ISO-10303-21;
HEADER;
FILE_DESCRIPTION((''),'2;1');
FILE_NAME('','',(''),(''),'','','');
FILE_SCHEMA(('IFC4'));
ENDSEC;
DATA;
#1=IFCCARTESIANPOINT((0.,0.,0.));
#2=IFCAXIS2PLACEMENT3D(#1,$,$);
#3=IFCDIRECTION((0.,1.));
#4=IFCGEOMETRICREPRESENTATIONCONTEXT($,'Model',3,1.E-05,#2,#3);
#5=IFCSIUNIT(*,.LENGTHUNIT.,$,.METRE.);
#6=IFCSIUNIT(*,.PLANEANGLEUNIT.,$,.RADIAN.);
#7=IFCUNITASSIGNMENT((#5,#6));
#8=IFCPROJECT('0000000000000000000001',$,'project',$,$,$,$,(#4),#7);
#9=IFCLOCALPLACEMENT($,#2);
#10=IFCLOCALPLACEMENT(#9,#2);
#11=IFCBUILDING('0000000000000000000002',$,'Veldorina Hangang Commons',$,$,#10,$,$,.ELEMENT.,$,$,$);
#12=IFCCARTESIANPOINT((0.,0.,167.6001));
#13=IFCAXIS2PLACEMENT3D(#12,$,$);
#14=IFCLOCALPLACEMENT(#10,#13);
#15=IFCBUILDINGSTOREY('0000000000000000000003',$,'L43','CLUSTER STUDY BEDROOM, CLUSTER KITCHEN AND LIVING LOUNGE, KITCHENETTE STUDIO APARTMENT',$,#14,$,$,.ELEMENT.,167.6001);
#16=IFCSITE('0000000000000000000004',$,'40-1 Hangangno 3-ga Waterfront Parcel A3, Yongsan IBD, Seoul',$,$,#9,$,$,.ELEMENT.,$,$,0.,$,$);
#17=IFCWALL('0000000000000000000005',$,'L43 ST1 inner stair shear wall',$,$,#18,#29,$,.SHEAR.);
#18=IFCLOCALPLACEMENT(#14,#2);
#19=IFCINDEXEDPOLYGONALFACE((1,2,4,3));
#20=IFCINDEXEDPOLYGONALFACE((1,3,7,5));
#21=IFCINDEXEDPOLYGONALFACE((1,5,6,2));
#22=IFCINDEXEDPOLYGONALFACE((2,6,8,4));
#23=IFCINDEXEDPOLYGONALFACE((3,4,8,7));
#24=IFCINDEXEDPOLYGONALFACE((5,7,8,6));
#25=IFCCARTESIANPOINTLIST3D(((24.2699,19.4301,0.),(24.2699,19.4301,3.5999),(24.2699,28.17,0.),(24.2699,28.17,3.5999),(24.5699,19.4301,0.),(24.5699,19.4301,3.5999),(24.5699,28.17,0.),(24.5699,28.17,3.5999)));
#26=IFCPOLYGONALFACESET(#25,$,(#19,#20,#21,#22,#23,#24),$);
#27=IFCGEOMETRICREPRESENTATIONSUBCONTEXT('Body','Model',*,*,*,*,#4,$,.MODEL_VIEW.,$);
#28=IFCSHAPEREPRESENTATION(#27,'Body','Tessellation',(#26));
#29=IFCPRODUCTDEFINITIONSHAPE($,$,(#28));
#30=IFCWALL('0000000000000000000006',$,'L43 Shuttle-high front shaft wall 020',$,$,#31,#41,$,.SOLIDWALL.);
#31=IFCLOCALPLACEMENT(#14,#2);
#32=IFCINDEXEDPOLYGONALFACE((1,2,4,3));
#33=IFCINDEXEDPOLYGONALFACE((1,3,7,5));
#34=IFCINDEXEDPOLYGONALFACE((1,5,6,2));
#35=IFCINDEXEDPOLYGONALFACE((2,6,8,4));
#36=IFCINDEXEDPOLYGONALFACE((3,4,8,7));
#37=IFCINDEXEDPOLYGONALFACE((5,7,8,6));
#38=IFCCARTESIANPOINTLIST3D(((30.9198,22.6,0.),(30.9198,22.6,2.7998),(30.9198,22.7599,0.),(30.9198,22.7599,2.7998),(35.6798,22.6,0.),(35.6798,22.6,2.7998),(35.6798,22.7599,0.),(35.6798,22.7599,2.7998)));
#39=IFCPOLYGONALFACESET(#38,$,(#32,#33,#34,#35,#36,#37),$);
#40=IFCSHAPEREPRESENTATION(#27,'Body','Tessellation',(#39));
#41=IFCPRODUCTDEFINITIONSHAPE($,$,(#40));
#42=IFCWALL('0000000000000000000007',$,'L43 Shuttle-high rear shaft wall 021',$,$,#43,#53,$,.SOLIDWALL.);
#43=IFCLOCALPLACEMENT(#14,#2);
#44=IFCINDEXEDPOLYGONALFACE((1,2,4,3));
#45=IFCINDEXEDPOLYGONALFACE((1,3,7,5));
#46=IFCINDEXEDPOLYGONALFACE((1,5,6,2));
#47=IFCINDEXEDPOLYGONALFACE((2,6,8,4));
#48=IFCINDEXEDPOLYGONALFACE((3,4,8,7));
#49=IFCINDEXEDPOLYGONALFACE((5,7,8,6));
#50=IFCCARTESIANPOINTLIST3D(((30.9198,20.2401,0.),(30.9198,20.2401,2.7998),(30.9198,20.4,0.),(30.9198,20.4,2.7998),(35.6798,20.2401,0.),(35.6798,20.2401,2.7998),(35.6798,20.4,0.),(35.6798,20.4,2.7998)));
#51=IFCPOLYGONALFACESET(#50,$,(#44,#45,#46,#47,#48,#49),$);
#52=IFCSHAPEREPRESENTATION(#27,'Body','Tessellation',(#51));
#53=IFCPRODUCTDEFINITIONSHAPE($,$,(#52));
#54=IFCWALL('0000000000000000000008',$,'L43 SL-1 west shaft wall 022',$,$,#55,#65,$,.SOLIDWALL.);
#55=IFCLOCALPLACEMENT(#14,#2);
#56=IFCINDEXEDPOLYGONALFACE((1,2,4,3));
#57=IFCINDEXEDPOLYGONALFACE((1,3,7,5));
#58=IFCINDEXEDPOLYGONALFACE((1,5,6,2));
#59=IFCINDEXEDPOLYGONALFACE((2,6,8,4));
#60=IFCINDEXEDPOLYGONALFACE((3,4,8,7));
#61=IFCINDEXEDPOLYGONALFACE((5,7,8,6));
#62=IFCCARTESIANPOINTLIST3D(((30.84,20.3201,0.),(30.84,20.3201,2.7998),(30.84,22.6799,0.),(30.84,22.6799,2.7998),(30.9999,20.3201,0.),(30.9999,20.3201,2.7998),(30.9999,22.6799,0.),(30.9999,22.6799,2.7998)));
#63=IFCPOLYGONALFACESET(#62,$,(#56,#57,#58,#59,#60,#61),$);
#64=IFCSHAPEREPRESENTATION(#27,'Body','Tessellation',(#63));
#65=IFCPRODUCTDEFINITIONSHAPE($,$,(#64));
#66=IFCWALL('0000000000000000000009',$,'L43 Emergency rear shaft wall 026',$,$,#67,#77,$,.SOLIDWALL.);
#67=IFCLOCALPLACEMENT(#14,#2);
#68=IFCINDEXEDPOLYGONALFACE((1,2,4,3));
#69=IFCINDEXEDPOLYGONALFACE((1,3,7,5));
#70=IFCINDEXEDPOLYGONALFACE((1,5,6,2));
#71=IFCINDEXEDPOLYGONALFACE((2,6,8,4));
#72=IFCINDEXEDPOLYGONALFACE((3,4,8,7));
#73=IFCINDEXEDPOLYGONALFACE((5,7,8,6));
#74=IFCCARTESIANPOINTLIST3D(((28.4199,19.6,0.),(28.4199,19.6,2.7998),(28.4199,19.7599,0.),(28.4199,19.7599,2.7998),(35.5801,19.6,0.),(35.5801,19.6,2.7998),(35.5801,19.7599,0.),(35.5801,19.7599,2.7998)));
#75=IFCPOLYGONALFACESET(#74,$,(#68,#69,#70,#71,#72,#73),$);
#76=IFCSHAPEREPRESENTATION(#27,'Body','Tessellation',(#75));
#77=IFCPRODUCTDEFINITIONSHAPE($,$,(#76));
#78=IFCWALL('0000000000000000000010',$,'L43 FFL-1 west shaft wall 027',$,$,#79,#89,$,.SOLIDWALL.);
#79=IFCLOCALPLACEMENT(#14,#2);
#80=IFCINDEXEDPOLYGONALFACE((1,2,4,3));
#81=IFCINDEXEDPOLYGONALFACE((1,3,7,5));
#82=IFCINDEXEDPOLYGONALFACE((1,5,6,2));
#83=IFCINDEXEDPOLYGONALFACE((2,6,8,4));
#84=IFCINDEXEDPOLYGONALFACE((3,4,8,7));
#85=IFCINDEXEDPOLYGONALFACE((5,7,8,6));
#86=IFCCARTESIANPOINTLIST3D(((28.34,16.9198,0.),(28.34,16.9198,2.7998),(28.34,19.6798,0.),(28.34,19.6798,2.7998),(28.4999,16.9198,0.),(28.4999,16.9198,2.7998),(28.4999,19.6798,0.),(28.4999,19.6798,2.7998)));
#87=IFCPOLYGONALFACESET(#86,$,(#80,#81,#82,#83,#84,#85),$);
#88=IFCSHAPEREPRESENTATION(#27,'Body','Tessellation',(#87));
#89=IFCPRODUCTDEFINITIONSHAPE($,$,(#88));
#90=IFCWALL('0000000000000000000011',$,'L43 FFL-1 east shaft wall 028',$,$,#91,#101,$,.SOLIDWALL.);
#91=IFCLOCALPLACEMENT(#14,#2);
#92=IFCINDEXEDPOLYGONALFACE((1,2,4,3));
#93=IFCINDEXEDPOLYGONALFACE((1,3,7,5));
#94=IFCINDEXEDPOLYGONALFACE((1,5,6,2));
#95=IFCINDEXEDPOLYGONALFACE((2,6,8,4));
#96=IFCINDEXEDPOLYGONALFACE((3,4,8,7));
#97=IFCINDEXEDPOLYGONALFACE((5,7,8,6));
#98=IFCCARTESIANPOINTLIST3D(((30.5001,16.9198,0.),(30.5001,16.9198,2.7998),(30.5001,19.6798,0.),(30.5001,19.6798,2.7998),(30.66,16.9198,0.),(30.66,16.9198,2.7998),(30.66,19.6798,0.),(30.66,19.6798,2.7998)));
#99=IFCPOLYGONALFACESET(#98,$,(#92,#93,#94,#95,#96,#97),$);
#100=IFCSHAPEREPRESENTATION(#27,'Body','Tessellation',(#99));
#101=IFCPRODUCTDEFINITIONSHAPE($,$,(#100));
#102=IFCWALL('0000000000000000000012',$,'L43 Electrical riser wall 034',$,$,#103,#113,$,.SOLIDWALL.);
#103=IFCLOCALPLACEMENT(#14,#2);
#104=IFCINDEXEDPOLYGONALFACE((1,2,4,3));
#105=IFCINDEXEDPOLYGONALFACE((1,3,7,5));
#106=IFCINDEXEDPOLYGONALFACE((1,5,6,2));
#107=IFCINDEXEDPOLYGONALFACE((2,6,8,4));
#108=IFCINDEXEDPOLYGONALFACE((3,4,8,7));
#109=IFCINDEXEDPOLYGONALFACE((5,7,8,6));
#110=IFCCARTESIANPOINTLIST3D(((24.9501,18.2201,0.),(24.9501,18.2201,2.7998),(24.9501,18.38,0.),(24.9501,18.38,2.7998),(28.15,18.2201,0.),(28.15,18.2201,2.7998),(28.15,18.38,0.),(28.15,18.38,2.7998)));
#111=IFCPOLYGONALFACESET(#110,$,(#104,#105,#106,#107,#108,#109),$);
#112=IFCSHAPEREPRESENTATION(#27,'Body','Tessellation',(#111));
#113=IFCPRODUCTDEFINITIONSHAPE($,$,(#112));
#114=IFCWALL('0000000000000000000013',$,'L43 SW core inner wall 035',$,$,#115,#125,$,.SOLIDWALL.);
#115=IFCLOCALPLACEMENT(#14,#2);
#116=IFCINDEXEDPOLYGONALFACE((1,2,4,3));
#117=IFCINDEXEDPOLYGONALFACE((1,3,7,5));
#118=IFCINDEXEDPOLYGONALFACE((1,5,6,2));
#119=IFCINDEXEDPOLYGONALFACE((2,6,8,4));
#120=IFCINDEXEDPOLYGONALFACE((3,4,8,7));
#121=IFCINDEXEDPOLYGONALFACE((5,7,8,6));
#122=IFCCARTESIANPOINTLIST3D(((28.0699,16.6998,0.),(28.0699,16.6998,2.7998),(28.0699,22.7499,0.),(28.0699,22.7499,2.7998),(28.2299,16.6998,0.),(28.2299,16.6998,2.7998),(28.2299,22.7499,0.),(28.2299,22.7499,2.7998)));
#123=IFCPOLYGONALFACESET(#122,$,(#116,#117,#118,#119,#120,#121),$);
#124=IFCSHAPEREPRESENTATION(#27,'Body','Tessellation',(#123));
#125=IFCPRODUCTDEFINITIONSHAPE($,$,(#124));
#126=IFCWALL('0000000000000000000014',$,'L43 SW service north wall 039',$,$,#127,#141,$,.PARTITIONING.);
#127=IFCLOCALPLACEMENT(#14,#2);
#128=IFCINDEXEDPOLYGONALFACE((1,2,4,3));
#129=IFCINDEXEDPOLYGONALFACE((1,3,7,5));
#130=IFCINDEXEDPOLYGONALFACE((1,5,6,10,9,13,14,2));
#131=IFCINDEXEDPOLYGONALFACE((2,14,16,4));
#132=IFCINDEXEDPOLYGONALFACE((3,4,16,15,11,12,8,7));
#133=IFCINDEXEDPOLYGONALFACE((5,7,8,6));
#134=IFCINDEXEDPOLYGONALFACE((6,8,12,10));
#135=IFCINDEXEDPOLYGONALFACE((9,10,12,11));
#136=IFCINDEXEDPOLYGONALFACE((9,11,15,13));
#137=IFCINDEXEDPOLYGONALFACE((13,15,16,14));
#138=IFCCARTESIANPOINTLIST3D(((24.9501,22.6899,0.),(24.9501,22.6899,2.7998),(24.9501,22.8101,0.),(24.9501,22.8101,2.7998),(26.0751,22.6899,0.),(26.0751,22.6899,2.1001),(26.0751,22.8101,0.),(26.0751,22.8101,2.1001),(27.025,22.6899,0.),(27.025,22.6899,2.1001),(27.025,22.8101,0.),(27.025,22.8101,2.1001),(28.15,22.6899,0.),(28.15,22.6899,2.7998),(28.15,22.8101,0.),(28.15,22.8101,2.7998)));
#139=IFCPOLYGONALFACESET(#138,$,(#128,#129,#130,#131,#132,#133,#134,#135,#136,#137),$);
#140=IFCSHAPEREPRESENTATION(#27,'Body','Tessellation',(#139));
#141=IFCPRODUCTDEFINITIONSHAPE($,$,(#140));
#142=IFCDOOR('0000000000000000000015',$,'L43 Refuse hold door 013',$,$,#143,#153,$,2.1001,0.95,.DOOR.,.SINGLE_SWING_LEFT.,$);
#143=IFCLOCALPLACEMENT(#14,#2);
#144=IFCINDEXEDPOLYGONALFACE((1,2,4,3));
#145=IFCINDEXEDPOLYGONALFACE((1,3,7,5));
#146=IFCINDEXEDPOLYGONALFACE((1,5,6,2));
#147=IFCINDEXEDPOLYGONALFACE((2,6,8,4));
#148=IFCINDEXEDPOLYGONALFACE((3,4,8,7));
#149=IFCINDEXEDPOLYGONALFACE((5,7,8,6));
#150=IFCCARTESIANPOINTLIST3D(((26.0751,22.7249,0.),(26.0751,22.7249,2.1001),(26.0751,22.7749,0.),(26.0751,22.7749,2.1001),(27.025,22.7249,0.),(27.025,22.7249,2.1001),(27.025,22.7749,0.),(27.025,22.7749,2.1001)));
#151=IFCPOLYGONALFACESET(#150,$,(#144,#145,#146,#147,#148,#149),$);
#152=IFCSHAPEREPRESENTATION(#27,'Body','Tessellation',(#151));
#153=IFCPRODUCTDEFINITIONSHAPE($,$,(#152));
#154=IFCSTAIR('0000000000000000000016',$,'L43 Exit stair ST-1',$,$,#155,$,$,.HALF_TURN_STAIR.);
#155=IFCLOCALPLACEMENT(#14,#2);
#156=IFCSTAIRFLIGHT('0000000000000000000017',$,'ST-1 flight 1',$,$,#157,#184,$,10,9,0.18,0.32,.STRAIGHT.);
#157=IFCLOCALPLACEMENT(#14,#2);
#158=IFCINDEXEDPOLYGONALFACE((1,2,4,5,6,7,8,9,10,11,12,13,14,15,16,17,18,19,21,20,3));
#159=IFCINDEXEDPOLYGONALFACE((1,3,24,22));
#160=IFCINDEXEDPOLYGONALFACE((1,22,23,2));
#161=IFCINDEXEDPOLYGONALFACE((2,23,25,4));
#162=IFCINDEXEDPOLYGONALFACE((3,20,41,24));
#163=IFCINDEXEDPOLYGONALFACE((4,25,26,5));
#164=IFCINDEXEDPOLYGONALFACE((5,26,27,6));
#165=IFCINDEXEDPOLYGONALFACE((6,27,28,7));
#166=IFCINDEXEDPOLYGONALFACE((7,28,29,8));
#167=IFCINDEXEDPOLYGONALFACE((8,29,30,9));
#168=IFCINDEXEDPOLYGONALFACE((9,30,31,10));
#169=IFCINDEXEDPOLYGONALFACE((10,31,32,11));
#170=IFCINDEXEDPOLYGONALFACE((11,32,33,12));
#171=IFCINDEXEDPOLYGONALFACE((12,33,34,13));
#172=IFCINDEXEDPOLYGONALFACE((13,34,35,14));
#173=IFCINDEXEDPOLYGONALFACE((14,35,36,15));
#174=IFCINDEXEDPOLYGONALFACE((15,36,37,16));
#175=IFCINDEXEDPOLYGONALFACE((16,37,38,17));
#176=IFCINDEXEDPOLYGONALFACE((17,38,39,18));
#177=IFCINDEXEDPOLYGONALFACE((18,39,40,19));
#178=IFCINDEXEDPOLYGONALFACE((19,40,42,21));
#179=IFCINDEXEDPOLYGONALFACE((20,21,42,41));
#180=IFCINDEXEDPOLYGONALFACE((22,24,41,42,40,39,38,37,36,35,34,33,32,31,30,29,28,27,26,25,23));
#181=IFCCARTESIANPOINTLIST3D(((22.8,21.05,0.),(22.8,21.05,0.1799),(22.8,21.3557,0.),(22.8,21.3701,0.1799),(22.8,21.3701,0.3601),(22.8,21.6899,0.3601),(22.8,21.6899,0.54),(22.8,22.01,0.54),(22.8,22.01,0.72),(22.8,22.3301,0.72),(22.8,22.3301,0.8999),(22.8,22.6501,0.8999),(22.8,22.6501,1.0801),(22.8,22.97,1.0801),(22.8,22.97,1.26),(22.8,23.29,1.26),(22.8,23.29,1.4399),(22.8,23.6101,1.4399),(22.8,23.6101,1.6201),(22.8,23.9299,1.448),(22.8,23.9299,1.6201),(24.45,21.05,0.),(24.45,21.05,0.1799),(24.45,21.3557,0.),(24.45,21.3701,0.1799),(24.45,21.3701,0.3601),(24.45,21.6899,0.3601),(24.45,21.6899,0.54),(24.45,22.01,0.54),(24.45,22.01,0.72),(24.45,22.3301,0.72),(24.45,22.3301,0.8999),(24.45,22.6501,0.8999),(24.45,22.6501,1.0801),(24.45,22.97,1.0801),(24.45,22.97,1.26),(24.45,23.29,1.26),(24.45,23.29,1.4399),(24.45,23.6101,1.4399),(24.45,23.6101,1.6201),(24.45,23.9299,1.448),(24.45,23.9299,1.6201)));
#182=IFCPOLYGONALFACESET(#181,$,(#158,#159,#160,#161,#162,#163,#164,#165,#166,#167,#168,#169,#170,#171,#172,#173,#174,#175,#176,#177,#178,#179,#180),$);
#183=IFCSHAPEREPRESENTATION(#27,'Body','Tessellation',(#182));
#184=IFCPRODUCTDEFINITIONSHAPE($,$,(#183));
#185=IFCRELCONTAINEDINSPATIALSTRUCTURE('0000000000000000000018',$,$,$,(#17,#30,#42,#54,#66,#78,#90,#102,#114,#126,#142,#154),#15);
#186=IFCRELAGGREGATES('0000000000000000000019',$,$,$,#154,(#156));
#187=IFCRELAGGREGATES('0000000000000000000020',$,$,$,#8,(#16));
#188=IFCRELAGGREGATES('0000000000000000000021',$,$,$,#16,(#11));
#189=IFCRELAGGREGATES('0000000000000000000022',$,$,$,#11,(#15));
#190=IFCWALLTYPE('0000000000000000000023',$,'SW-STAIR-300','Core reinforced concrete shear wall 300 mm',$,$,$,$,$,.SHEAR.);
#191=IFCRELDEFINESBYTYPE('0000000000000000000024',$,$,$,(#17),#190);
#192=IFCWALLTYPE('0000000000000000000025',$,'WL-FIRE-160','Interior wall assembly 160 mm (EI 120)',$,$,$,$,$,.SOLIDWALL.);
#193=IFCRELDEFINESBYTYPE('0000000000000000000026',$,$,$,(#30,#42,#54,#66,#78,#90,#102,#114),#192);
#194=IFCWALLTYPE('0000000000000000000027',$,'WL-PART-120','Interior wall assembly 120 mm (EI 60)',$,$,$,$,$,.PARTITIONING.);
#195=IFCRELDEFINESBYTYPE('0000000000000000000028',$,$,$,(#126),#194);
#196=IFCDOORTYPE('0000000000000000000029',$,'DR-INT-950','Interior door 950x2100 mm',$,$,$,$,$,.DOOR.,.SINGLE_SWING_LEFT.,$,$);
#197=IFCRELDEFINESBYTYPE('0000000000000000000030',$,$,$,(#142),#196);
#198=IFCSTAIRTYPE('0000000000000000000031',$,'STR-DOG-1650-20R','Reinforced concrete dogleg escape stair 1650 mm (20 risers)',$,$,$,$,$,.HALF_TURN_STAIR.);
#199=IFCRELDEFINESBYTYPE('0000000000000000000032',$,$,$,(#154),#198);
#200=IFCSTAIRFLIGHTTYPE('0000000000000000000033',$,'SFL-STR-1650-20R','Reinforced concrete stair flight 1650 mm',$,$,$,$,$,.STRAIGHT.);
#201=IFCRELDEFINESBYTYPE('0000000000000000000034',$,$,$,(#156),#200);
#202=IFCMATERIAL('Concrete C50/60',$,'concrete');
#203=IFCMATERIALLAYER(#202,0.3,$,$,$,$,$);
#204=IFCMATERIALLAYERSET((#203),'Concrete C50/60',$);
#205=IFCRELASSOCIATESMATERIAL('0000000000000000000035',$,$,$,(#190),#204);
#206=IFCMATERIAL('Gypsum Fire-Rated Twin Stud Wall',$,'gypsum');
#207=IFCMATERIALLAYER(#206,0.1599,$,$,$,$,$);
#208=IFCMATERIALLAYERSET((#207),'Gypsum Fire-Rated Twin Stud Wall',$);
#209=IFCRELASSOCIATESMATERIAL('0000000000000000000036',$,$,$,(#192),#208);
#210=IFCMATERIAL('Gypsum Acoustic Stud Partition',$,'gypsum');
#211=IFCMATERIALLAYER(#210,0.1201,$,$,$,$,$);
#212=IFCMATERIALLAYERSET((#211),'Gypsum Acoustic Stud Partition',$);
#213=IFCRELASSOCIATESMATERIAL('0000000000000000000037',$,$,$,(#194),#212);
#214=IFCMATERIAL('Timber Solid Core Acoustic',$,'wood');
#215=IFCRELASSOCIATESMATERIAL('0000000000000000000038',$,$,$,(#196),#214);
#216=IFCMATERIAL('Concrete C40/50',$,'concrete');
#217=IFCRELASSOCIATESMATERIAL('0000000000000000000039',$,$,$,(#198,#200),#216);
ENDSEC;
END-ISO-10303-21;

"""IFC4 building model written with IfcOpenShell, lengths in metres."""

from ifc_helpers import new_model, si_unit, direction, frame, frame_2d, origin, place, context, subcontext, project, spatial, polyline, rectangle, outline, extrude, material, layer, layer_set, type_object, element, fill, aggregate, save


model = new_model("IFC4")

# Units and contexts
model_context = context("Model", 3, precision=1e-05, world=origin(), true_north=direction((0.0, 1.0)))
body_context = subcontext(model_context, "Body", "Model", "MODEL_VIEW")
ifc_project = project(units=[si_unit("LENGTHUNIT", "METRE"), si_unit("PLANEANGLEUNIT", "RADIAN")], contexts=[model_context])

# Site, building, storey
site_placement = place(None, origin())
site = spatial("IfcSite", under=ifc_project, at=site_placement, Name="40-1 Hangangno 3-ga Waterfront Parcel A3, Yongsan IBD, Seoul", CompositionType="ELEMENT", RefElevation=0.0)
building_placement = place(site_placement, origin())
building = spatial("IfcBuilding", under=site, at=building_placement, Name="Veldorina Hangang Commons", CompositionType="ELEMENT")
storey_placement = place(building_placement, frame((0.0, 0.0, 167.6001)))
storey = spatial("IfcBuildingStorey", under=building, at=storey_placement, Name="L43", Description="CLUSTER STUDY BEDROOM, CLUSTER KITCHEN AND LIVING LOUNGE, KITCHENETTE STUDIO APARTMENT", CompositionType="ELEMENT", Elevation=167.6001)

# Walls
ifc_material_1 = material(Name="Concrete C50/60", Category="concrete")
ifc_layer_1 = layer(ifc_material_1, 0.3)
ifc_layer_set_1 = layer_set([ifc_layer_1], Name="Concrete C50/60")
wall_type_1 = type_object("IfcWallType", Name="SW-STAIR-300", Description="Core reinforced concrete shear wall 300 mm", PredefinedType="SHEAR", material=ifc_layer_set_1)
wall_1_placement = place(storey_placement, frame((24.4199, 19.4299, 0.0), z_axis=(0.0, 0.0, 1.0), x_axis=(0.0, 1.0, 0.0)))
element("IfcWall", 1, at=wall_1_placement, inside=storey, type_object=wall_type_1, Name="L43 ST1 inner stair shear wall", PredefinedType="SHEAR", context=body_context, shape_type="SweptSolid", body=[
    extrude(rectangle(XDim=8.74, YDim=0.3, at=frame_2d((4.3701, 0.0))), origin(), (0.0, 0.0, 1.0), 3.5999),
])
ifc_material_2 = material(Name="Gypsum Fire-Rated Twin Stud Wall", Category="gypsum")
ifc_layer_2 = layer(ifc_material_2, 0.1599)
ifc_layer_set_2 = layer_set([ifc_layer_2], Name="Gypsum Fire-Rated Twin Stud Wall")
wall_type_2 = type_object("IfcWallType", Name="WL-FIRE-160", Description="Interior wall assembly 160 mm (EI 120)", PredefinedType="SOLIDWALL", material=ifc_layer_set_2)
for number, where, z_axis, x_axis, name in (
    (2, (30.9199, 22.6799, 0.0), (0.0, 0.0, 1.0), (1.0, 0.0, 0.0), "L43 Shuttle-high front shaft wall 020"),
    (3, (30.9199, 20.3201, 0.0), (0.0, 0.0, 1.0), (1.0, 0.0, 0.0), "L43 Shuttle-high rear shaft wall 021"),
):
    element("IfcWall", number, at=place(storey_placement, frame(where, z_axis=z_axis, x_axis=x_axis)), inside=storey, type_object=wall_type_2, Name=name, PredefinedType="SOLIDWALL", context=body_context, shape_type="SweptSolid", body=[
        extrude(rectangle(XDim=4.76, YDim=0.1599, at=frame_2d((2.3799, 0.0))), origin(), (0.0, 0.0, 1.0), 2.7998),
    ])
wall_2_placement = place(storey_placement, frame((30.9199, 20.3201, 0.0), z_axis=(0.0, 0.0, 1.0), x_axis=(0.0, 1.0, 0.0)))
element("IfcWall", 4, at=wall_2_placement, inside=storey, type_object=wall_type_2, Name="L43 SL-1 west shaft wall 022", PredefinedType="SOLIDWALL", context=body_context, shape_type="SweptSolid", body=[
    extrude(rectangle(XDim=2.3599, YDim=0.1599, at=frame_2d((1.1799, 0.0))), origin(), (0.0, 0.0, 1.0), 2.7998),
])

# Walls
wall_3_placement = place(storey_placement, frame((28.4199, 19.6799, 0.0), z_axis=(0.0, 0.0, 1.0), x_axis=(1.0, 0.0, 0.0)))
element("IfcWall", 5, at=wall_3_placement, inside=storey, type_object=wall_type_2, Name="L43 Emergency rear shaft wall 026", PredefinedType="SOLIDWALL", context=body_context, shape_type="SweptSolid", body=[
    extrude(rectangle(XDim=7.1602, YDim=0.1599, at=frame_2d((3.5801, 0.0))), origin(), (0.0, 0.0, 1.0), 2.7998),
])
for number, where, z_axis, x_axis, name in (
    (6, (28.4199, 16.9199, 0.0), (0.0, 0.0, 1.0), (0.0, 1.0, 0.0), "L43 FFL-1 west shaft wall 027"),
    (7, (30.5801, 16.9199, 0.0), (0.0, 0.0, 1.0), (0.0, 1.0, 0.0), "L43 FFL-1 east shaft wall 028"),
):
    element("IfcWall", number, at=place(storey_placement, frame(where, z_axis=z_axis, x_axis=x_axis)), inside=storey, type_object=wall_type_2, Name=name, PredefinedType="SOLIDWALL", context=body_context, shape_type="SweptSolid", body=[
        extrude(rectangle(XDim=2.76, YDim=0.1599, at=frame_2d((1.3799, 0.0))), origin(), (0.0, 0.0, 1.0), 2.7998),
    ])
wall_4_placement = place(storey_placement, frame((24.95, 18.3, 0.0), z_axis=(0.0, 0.0, 1.0), x_axis=(1.0, 0.0, 0.0)))
element("IfcWall", 8, at=wall_4_placement, inside=storey, type_object=wall_type_2, Name="L43 Electrical riser wall 034", PredefinedType="SOLIDWALL", context=body_context, shape_type="SweptSolid", body=[
    extrude(rectangle(XDim=3.2, YDim=0.1599, at=frame_2d((1.6001, 0.0))), origin(), (0.0, 0.0, 1.0), 2.7998),
])
wall_5_placement = place(storey_placement, frame((28.1499, 16.7, 0.0), z_axis=(0.0, 0.0, 1.0), x_axis=(0.0, 1.0, 0.0)))
element("IfcWall", 9, at=wall_5_placement, inside=storey, type_object=wall_type_2, Name="L43 SW core inner wall 035", PredefinedType="SOLIDWALL", context=body_context, shape_type="SweptSolid", body=[
    extrude(rectangle(XDim=6.05, YDim=0.1599, at=frame_2d((3.0249, 0.0))), origin(), (0.0, 0.0, 1.0), 2.7998),
])

# Wall, opening, door
ifc_material_3 = material(Name="Gypsum Acoustic Stud Partition", Category="gypsum")
ifc_layer_3 = layer(ifc_material_3, 0.1201)
ifc_layer_set_3 = layer_set([ifc_layer_3], Name="Gypsum Acoustic Stud Partition")
wall_type_3 = type_object("IfcWallType", Name="WL-PART-120", Description="Interior wall assembly 120 mm (EI 60)", PredefinedType="PARTITIONING", material=ifc_layer_set_3)
wall_6_placement = place(storey_placement, frame((24.95, 22.75, 0.0), z_axis=(0.0, 0.0, 1.0), x_axis=(1.0, 0.0, 0.0)))
wall_6 = element("IfcWall", 10, at=wall_6_placement, inside=storey, type_object=wall_type_3, Name="L43 SW service north wall 039", PredefinedType="PARTITIONING", context=body_context, shape_type="SweptSolid", body=[
    extrude(rectangle(XDim=3.2, YDim=0.1201, at=frame_2d((1.6001, 0.0))), origin(), (0.0, 0.0, 1.0), 2.7998),
])
opening_1_placement = place(wall_6_placement, frame((1.125, 0.0, 0.0)))
opening_1 = element("IfcOpeningElement", 11, at=opening_1_placement, cuts=wall_6, PredefinedType="OPENING", context=body_context, shape_type="SweptSolid", body=[
    extrude(rectangle(XDim=0.95, YDim=2.1001, at=frame_2d((0.4751, 1.05))), frame((0.0, 0.0701, 0.0), z_axis=(0.0, -1.0, 0.0), x_axis=(1.0, 0.0, 0.0)), (0.0, 0.0, 1.0), 0.1401),
])
ifc_material_4 = material(Name="Timber Solid Core Acoustic", Category="wood")
door_type_1 = type_object("IfcDoorType", Name="DR-INT-950", Description="Interior door 950x2100 mm", OperationType="SINGLE_SWING_LEFT", PredefinedType="DOOR", material=ifc_material_4)
door_1_placement = place(opening_1_placement, origin())
door_1 = element("IfcDoor", 12, at=door_1_placement, inside=storey, type_object=door_type_1, Name="L43 Refuse hold door 013", OperationType="SINGLE_SWING_LEFT", OverallHeight=2.1001, OverallWidth=0.95, PredefinedType="DOOR", context=body_context, shape_type="SweptSolid", body=[
    extrude(rectangle(XDim=0.95, YDim=2.1001, at=frame_2d((0.4751, 1.05))), frame((0.0, 0.0249, 0.0), z_axis=(0.0, -1.0, 0.0), x_axis=(1.0, 0.0, 0.0)), (0.0, 0.0, 1.0), 0.05),
])
fill(opening_1, door_1)

# Stair, stair flight
ifc_material_5 = material(Name="Concrete C40/50", Category="concrete")
stair_type = type_object("IfcStairType", Name="STR-DOG-1650-20R", Description="Reinforced concrete dogleg escape stair 1650 mm (20 risers)", PredefinedType="HALF_TURN_STAIR", material=ifc_material_5)
stair_placement = place(storey_placement, origin())
stair = element("IfcStair", 13, at=stair_placement, inside=storey, type_object=stair_type, Name="L43 Exit stair ST-1", PredefinedType="HALF_TURN_STAIR")
stair_flight_type = type_object("IfcStairFlightType", Name="SFL-STR-1650-20R", Description="Reinforced concrete stair flight 1650 mm", PredefinedType="STRAIGHT", material=ifc_material_5)
stair_flight_placement = place(storey_placement, frame((23.625, 21.05, 0.0), z_axis=(0.0, 0.0, 1.0), x_axis=(0.0, 1.0, 0.0)))
stair_flight = element("IfcStairFlight", 14, at=stair_flight_placement, type_object=stair_flight_type, Name="ST-1 flight 1", NumberOfRisers=10, NumberOfTreads=9, PredefinedType="STRAIGHT", RiserHeight=0.18, TreadLength=0.32, context=body_context, shape_type="SweptSolid", body=[
    extrude(outline(polyline([(0.0, 0.0), (0.0, 0.1799), (0.3201, 0.1799), (0.3201, 0.3601), (0.6399, 0.3601), (0.6399, 0.54), (0.96, 0.54), (0.96, 0.72), (1.28, 0.72), (1.28, 0.8999), (1.6001, 0.8999), (1.6001, 1.0801), (1.9199, 1.0801), (1.9199, 1.26), (2.24, 1.26), (2.24, 1.4399), (2.5601, 1.4399), (2.5601, 1.6201), (2.8799, 1.6201), (2.8799, 1.8), (2.8799, 1.448), (0.3057, 0.0), (0.0, 0.0)])), frame((0.0, 0.825, 0.0), z_axis=(0.0, -1.0, 0.0), x_axis=(1.0, 0.0, 0.0)), (0.0, 0.0, 1.0), 1.6499),
])
aggregate(stair, [stair_flight])

save(model, "model.ifc")
